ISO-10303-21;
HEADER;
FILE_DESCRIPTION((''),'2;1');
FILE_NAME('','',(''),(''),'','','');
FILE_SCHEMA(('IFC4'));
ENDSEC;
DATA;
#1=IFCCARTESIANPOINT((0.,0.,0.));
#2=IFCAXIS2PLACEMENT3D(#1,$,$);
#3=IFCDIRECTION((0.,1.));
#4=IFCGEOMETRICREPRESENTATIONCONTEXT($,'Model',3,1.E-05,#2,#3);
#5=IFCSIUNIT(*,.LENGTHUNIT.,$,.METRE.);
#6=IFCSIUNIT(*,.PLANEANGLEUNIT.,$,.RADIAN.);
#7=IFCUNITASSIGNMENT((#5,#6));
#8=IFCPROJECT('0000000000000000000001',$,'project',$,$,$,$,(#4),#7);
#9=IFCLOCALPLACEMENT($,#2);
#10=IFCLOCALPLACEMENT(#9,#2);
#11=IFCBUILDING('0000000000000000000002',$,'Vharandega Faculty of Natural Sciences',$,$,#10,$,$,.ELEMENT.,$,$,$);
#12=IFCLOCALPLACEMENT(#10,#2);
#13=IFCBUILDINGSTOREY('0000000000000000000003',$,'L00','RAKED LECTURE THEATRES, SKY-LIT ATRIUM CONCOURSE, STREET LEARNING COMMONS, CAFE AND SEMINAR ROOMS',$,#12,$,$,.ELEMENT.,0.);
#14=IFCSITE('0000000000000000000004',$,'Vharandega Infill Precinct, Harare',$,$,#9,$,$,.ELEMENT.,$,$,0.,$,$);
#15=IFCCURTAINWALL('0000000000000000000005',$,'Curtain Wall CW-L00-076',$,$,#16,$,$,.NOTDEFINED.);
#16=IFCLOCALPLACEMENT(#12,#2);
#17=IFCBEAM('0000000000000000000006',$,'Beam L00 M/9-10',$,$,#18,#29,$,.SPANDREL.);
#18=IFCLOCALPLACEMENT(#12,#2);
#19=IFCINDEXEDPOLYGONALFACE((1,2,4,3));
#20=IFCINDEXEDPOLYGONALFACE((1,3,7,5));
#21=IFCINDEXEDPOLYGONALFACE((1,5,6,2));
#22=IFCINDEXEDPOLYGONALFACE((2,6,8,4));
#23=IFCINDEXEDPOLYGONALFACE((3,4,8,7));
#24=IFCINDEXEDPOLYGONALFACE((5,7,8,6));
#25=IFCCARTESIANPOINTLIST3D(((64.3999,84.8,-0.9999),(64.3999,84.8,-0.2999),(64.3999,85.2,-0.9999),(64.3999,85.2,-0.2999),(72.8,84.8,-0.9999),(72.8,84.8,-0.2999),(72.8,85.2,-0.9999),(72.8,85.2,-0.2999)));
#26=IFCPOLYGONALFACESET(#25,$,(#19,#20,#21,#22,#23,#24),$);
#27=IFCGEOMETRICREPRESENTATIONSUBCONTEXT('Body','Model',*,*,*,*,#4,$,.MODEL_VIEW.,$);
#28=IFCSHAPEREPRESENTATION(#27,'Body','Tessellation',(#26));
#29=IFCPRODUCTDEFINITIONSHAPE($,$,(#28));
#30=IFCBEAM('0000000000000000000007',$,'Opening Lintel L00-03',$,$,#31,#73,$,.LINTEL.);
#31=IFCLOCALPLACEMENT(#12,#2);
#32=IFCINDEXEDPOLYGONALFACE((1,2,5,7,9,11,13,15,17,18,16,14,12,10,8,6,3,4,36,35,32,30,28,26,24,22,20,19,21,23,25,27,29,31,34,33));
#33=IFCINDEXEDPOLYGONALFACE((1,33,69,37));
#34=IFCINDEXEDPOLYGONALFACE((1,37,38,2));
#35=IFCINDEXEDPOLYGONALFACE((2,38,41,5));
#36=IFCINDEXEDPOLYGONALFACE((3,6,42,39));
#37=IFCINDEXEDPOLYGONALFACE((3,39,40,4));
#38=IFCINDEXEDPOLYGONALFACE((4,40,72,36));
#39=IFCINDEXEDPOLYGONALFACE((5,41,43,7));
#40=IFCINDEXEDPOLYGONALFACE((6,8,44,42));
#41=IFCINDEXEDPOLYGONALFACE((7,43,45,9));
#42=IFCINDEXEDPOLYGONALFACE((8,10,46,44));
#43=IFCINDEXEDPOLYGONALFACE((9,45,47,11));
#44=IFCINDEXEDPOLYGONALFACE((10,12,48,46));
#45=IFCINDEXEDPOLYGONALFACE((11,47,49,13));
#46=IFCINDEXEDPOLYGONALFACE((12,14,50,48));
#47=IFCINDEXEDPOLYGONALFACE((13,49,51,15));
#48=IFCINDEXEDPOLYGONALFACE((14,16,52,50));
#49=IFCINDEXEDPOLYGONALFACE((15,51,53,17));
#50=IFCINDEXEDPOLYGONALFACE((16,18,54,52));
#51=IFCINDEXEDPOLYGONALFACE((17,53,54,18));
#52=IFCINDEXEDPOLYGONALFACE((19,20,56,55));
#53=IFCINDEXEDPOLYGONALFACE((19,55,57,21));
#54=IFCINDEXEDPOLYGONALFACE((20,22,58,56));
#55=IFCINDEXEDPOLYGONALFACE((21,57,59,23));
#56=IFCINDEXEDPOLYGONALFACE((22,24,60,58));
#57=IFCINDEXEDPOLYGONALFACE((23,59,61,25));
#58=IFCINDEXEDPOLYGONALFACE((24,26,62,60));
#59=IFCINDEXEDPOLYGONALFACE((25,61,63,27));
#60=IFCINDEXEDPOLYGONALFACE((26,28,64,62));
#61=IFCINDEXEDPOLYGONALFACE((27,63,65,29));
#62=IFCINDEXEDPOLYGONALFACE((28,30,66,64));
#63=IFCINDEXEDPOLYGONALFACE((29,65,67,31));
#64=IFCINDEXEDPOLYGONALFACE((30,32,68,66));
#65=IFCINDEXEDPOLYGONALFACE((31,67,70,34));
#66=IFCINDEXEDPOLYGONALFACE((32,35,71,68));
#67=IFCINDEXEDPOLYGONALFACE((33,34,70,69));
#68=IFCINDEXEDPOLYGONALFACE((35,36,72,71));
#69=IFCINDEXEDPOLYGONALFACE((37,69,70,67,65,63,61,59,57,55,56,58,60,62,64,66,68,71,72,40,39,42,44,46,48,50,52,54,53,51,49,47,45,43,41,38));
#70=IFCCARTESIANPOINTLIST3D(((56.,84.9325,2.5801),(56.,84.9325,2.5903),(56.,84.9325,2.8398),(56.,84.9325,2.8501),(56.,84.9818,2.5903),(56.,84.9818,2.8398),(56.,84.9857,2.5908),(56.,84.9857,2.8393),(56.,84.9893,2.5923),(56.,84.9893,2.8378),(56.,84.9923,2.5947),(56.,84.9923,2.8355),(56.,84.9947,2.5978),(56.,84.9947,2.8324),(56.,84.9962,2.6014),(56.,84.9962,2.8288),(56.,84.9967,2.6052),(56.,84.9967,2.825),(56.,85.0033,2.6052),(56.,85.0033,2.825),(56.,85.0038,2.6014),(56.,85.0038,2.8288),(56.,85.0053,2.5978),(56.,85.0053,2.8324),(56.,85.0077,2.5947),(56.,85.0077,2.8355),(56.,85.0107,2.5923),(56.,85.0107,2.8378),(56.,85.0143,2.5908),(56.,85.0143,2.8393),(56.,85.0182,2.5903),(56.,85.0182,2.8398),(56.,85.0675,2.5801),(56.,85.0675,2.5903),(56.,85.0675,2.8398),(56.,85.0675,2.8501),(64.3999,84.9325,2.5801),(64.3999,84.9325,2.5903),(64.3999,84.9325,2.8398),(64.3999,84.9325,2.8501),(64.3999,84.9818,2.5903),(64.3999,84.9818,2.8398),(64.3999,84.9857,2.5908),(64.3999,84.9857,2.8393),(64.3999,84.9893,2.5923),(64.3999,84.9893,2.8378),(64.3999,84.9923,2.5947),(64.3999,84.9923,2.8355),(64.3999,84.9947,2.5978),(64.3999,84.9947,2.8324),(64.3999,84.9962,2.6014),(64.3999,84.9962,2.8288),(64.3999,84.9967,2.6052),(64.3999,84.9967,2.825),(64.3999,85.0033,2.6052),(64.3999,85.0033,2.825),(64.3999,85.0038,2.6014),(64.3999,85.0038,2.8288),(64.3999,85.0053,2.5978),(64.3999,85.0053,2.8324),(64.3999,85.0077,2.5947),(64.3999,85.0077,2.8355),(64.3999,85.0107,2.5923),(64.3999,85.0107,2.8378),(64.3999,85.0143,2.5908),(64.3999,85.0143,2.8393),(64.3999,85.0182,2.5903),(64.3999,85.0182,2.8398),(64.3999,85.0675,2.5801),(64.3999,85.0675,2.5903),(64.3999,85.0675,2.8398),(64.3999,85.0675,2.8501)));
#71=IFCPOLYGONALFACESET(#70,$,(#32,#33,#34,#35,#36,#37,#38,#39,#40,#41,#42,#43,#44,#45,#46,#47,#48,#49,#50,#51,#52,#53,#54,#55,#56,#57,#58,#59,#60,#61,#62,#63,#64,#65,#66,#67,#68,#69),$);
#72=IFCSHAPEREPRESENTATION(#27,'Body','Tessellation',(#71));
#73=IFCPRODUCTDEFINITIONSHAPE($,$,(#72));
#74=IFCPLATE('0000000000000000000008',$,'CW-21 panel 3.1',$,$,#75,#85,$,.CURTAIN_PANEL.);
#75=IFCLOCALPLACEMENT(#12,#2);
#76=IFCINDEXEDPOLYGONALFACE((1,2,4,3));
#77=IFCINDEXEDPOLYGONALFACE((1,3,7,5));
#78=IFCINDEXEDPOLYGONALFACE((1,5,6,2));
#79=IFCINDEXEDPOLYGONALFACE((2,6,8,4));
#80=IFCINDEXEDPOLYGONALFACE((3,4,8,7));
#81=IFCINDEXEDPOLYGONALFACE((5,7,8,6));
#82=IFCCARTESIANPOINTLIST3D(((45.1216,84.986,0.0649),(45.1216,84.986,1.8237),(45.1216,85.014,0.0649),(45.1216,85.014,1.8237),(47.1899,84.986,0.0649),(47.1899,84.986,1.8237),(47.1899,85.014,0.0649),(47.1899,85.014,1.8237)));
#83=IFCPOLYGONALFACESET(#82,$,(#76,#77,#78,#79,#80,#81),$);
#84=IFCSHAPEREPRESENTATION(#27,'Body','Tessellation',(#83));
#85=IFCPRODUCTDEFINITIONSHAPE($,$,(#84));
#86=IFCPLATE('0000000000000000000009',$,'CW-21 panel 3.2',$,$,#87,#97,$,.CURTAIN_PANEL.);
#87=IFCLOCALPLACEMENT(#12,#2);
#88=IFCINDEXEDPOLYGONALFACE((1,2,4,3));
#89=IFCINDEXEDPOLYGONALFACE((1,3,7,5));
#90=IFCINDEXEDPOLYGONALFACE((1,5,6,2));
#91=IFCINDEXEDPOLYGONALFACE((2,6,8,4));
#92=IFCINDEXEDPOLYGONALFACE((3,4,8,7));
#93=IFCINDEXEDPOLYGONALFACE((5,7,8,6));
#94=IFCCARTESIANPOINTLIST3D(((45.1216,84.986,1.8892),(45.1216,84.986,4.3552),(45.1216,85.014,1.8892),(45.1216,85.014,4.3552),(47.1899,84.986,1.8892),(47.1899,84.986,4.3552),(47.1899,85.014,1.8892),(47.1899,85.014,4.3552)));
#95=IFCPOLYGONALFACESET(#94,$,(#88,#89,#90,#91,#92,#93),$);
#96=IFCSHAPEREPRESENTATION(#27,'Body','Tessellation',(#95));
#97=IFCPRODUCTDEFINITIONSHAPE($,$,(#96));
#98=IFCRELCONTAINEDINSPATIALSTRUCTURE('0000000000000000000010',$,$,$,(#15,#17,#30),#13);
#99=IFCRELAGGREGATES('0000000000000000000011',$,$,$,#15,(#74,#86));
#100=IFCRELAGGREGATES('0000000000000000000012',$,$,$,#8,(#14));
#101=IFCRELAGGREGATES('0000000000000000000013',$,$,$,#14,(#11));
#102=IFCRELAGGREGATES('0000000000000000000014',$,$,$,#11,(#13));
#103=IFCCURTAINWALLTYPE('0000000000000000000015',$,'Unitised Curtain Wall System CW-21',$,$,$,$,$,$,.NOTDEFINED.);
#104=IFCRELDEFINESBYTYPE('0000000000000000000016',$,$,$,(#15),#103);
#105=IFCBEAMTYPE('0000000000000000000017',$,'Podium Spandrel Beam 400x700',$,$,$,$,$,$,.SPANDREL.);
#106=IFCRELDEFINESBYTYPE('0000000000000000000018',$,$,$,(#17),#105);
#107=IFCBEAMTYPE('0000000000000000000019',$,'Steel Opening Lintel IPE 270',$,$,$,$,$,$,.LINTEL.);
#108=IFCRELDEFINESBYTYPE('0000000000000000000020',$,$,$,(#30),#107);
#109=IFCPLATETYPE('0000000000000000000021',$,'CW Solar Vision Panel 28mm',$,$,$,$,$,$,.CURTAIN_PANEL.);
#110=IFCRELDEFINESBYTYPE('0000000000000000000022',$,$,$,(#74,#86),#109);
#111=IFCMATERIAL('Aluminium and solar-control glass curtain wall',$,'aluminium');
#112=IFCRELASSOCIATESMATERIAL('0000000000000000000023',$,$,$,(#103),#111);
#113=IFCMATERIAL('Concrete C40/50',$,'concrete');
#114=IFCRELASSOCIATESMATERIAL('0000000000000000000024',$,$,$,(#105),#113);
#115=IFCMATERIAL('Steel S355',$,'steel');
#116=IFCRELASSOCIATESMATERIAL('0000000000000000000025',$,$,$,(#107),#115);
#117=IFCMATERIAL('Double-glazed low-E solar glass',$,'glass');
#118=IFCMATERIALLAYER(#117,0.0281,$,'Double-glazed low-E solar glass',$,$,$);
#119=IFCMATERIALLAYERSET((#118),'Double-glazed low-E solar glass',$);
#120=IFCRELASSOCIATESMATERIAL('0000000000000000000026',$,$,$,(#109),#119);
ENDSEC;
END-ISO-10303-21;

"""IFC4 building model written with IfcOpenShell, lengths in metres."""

from ifc_helpers import new_model, si_unit, direction, frame, origin, origin_2d, place, context, subcontext, project, spatial, rectangle, i_section, extrude, material, layer, layer_set, material_profile, profile_set, type_object, element, aggregate, save


model = new_model("IFC4")

# Units and contexts
model_context = context("Model", 3, precision=1e-05, world=origin(), true_north=direction((0.0, 1.0)))
body_context = subcontext(model_context, "Body", "Model", "MODEL_VIEW")
ifc_project = project(units=[si_unit("LENGTHUNIT", "METRE"), si_unit("PLANEANGLEUNIT", "RADIAN")], contexts=[model_context])

# Site, building, storey
site_placement = place(None, origin())
site = spatial("IfcSite", under=ifc_project, at=site_placement, Name="Vharandega Infill Precinct, Harare", CompositionType="ELEMENT", RefElevation=0.0)
building_placement = place(site_placement, origin())
building = spatial("IfcBuilding", under=site, at=building_placement, Name="Vharandega Faculty of Natural Sciences", CompositionType="ELEMENT")
storey_placement = place(building_placement, origin())
storey = spatial("IfcBuildingStorey", under=building, at=storey_placement, Name="L00", Description="RAKED LECTURE THEATRES, SKY-LIT ATRIUM CONCOURSE, STREET LEARNING COMMONS, CAFE AND SEMINAR ROOMS", CompositionType="ELEMENT", Elevation=0.0)

# Curtain wall
ifc_material_1 = material(Name="Aluminium and solar-control glass curtain wall", Category="aluminium")
curtain_wall_type = type_object("IfcCurtainWallType", Name="Unitised Curtain Wall System CW-21", PredefinedType="NOTDEFINED", material=ifc_material_1)
curtain_wall_placement = place(storey_placement, origin())
curtain_wall = element("IfcCurtainWall", 1, at=curtain_wall_placement, inside=storey, type_object=curtain_wall_type, Name="Curtain Wall CW-L00-076", PredefinedType="NOTDEFINED")

# Beams
ifc_material_2 = material(Name="Concrete C40/50", Category="concrete")
ifc_material_profile_1 = material_profile(ifc_material_2, rectangle(XDim=0.3999, YDim=0.7, at=origin_2d()), Name="RC 400x700")
ifc_profile_set_1 = profile_set([ifc_material_profile_1], Name="Concrete C40/50")
beam_type_1 = type_object("IfcBeamType", Name="Podium Spandrel Beam 400x700", PredefinedType="SPANDREL", material=ifc_profile_set_1)
beam_1_placement = place(storey_placement, frame((64.3999, 85.0, -0.6499), z_axis=(1.0, 0.0, 0.0), x_axis=(0.0, 1.0, 0.0)))
element("IfcBeam", 2, at=beam_1_placement, inside=storey, type_object=beam_type_1, Name="Beam L00 M/9-10", PredefinedType="SPANDREL", context=body_context, shape_type="SweptSolid", body=[
    extrude(rectangle(XDim=0.3999, YDim=0.7, at=origin_2d()), origin(), (0.0, 0.0, 1.0), 8.4001),
])
ifc_material_3 = material(Name="Steel S355", Category="steel")
ifc_material_profile_2 = material_profile(ifc_material_3, i_section(OverallWidth=0.135, OverallDepth=0.27, WebThickness=0.0066, FlangeThickness=0.0103, FilletRadius=0.0149, at=origin_2d()), Name="IPE 270")
ifc_profile_set_2 = profile_set([ifc_material_profile_2], Name="Steel S355")
beam_type_2 = type_object("IfcBeamType", Name="Steel Opening Lintel IPE 270", PredefinedType="LINTEL", material=ifc_profile_set_2)
beam_2_placement = place(storey_placement, frame((56.0, 85.0, 2.7151), z_axis=(1.0, 0.0, 0.0), x_axis=(0.0, 1.0, 0.0)))
element("IfcBeam", 3, at=beam_2_placement, inside=storey, type_object=beam_type_2, Name="Opening Lintel L00-03", PredefinedType="LINTEL", context=body_context, shape_type="SweptSolid", body=[
    extrude(i_section(OverallWidth=0.135, OverallDepth=0.27, WebThickness=0.0066, FlangeThickness=0.0103, FilletRadius=0.0149, at=origin_2d()), origin(), (0.0, 0.0, 1.0), 8.3999),
])

# Plates
ifc_material_4 = material(Name="Double-glazed low-E solar glass", Category="glass")
ifc_layer_1 = layer(ifc_material_4, 0.0281, Name="Double-glazed low-E solar glass")
ifc_layer_set_1 = layer_set([ifc_layer_1], Name="Double-glazed low-E solar glass")
plate_type = type_object("IfcPlateType", Name="CW Solar Vision Panel 28mm", PredefinedType="CURTAIN_PANEL", material=ifc_layer_set_1)
plate_1_placement = place(storey_placement, frame((46.1558, 85.0, 0.0649), z_axis=(0.0, 0.0, 1.0), x_axis=(1.0, 0.0, 0.0)))
plate_1 = element("IfcPlate", 4, at=plate_1_placement, type_object=plate_type, Name="CW-21 panel 3.1", PredefinedType="CURTAIN_PANEL", context=body_context, shape_type="SweptSolid", body=[
    extrude(rectangle(XDim=2.0684, YDim=0.0281, at=origin_2d()), origin(), (0.0, 0.0, 1.0), 1.7588),
])
plate_2_placement = place(storey_placement, frame((46.1558, 85.0, 1.8892), z_axis=(0.0, 0.0, 1.0), x_axis=(1.0, 0.0, 0.0)))
plate_2 = element("IfcPlate", 5, at=plate_2_placement, type_object=plate_type, Name="CW-21 panel 3.2", PredefinedType="CURTAIN_PANEL", context=body_context, shape_type="SweptSolid", body=[
    extrude(rectangle(XDim=2.0684, YDim=0.0281, at=origin_2d()), origin(), (0.0, 0.0, 1.0), 2.4661),
])
aggregate(curtain_wall, [plate_1, plate_2])

save(model, "model.ifc")
